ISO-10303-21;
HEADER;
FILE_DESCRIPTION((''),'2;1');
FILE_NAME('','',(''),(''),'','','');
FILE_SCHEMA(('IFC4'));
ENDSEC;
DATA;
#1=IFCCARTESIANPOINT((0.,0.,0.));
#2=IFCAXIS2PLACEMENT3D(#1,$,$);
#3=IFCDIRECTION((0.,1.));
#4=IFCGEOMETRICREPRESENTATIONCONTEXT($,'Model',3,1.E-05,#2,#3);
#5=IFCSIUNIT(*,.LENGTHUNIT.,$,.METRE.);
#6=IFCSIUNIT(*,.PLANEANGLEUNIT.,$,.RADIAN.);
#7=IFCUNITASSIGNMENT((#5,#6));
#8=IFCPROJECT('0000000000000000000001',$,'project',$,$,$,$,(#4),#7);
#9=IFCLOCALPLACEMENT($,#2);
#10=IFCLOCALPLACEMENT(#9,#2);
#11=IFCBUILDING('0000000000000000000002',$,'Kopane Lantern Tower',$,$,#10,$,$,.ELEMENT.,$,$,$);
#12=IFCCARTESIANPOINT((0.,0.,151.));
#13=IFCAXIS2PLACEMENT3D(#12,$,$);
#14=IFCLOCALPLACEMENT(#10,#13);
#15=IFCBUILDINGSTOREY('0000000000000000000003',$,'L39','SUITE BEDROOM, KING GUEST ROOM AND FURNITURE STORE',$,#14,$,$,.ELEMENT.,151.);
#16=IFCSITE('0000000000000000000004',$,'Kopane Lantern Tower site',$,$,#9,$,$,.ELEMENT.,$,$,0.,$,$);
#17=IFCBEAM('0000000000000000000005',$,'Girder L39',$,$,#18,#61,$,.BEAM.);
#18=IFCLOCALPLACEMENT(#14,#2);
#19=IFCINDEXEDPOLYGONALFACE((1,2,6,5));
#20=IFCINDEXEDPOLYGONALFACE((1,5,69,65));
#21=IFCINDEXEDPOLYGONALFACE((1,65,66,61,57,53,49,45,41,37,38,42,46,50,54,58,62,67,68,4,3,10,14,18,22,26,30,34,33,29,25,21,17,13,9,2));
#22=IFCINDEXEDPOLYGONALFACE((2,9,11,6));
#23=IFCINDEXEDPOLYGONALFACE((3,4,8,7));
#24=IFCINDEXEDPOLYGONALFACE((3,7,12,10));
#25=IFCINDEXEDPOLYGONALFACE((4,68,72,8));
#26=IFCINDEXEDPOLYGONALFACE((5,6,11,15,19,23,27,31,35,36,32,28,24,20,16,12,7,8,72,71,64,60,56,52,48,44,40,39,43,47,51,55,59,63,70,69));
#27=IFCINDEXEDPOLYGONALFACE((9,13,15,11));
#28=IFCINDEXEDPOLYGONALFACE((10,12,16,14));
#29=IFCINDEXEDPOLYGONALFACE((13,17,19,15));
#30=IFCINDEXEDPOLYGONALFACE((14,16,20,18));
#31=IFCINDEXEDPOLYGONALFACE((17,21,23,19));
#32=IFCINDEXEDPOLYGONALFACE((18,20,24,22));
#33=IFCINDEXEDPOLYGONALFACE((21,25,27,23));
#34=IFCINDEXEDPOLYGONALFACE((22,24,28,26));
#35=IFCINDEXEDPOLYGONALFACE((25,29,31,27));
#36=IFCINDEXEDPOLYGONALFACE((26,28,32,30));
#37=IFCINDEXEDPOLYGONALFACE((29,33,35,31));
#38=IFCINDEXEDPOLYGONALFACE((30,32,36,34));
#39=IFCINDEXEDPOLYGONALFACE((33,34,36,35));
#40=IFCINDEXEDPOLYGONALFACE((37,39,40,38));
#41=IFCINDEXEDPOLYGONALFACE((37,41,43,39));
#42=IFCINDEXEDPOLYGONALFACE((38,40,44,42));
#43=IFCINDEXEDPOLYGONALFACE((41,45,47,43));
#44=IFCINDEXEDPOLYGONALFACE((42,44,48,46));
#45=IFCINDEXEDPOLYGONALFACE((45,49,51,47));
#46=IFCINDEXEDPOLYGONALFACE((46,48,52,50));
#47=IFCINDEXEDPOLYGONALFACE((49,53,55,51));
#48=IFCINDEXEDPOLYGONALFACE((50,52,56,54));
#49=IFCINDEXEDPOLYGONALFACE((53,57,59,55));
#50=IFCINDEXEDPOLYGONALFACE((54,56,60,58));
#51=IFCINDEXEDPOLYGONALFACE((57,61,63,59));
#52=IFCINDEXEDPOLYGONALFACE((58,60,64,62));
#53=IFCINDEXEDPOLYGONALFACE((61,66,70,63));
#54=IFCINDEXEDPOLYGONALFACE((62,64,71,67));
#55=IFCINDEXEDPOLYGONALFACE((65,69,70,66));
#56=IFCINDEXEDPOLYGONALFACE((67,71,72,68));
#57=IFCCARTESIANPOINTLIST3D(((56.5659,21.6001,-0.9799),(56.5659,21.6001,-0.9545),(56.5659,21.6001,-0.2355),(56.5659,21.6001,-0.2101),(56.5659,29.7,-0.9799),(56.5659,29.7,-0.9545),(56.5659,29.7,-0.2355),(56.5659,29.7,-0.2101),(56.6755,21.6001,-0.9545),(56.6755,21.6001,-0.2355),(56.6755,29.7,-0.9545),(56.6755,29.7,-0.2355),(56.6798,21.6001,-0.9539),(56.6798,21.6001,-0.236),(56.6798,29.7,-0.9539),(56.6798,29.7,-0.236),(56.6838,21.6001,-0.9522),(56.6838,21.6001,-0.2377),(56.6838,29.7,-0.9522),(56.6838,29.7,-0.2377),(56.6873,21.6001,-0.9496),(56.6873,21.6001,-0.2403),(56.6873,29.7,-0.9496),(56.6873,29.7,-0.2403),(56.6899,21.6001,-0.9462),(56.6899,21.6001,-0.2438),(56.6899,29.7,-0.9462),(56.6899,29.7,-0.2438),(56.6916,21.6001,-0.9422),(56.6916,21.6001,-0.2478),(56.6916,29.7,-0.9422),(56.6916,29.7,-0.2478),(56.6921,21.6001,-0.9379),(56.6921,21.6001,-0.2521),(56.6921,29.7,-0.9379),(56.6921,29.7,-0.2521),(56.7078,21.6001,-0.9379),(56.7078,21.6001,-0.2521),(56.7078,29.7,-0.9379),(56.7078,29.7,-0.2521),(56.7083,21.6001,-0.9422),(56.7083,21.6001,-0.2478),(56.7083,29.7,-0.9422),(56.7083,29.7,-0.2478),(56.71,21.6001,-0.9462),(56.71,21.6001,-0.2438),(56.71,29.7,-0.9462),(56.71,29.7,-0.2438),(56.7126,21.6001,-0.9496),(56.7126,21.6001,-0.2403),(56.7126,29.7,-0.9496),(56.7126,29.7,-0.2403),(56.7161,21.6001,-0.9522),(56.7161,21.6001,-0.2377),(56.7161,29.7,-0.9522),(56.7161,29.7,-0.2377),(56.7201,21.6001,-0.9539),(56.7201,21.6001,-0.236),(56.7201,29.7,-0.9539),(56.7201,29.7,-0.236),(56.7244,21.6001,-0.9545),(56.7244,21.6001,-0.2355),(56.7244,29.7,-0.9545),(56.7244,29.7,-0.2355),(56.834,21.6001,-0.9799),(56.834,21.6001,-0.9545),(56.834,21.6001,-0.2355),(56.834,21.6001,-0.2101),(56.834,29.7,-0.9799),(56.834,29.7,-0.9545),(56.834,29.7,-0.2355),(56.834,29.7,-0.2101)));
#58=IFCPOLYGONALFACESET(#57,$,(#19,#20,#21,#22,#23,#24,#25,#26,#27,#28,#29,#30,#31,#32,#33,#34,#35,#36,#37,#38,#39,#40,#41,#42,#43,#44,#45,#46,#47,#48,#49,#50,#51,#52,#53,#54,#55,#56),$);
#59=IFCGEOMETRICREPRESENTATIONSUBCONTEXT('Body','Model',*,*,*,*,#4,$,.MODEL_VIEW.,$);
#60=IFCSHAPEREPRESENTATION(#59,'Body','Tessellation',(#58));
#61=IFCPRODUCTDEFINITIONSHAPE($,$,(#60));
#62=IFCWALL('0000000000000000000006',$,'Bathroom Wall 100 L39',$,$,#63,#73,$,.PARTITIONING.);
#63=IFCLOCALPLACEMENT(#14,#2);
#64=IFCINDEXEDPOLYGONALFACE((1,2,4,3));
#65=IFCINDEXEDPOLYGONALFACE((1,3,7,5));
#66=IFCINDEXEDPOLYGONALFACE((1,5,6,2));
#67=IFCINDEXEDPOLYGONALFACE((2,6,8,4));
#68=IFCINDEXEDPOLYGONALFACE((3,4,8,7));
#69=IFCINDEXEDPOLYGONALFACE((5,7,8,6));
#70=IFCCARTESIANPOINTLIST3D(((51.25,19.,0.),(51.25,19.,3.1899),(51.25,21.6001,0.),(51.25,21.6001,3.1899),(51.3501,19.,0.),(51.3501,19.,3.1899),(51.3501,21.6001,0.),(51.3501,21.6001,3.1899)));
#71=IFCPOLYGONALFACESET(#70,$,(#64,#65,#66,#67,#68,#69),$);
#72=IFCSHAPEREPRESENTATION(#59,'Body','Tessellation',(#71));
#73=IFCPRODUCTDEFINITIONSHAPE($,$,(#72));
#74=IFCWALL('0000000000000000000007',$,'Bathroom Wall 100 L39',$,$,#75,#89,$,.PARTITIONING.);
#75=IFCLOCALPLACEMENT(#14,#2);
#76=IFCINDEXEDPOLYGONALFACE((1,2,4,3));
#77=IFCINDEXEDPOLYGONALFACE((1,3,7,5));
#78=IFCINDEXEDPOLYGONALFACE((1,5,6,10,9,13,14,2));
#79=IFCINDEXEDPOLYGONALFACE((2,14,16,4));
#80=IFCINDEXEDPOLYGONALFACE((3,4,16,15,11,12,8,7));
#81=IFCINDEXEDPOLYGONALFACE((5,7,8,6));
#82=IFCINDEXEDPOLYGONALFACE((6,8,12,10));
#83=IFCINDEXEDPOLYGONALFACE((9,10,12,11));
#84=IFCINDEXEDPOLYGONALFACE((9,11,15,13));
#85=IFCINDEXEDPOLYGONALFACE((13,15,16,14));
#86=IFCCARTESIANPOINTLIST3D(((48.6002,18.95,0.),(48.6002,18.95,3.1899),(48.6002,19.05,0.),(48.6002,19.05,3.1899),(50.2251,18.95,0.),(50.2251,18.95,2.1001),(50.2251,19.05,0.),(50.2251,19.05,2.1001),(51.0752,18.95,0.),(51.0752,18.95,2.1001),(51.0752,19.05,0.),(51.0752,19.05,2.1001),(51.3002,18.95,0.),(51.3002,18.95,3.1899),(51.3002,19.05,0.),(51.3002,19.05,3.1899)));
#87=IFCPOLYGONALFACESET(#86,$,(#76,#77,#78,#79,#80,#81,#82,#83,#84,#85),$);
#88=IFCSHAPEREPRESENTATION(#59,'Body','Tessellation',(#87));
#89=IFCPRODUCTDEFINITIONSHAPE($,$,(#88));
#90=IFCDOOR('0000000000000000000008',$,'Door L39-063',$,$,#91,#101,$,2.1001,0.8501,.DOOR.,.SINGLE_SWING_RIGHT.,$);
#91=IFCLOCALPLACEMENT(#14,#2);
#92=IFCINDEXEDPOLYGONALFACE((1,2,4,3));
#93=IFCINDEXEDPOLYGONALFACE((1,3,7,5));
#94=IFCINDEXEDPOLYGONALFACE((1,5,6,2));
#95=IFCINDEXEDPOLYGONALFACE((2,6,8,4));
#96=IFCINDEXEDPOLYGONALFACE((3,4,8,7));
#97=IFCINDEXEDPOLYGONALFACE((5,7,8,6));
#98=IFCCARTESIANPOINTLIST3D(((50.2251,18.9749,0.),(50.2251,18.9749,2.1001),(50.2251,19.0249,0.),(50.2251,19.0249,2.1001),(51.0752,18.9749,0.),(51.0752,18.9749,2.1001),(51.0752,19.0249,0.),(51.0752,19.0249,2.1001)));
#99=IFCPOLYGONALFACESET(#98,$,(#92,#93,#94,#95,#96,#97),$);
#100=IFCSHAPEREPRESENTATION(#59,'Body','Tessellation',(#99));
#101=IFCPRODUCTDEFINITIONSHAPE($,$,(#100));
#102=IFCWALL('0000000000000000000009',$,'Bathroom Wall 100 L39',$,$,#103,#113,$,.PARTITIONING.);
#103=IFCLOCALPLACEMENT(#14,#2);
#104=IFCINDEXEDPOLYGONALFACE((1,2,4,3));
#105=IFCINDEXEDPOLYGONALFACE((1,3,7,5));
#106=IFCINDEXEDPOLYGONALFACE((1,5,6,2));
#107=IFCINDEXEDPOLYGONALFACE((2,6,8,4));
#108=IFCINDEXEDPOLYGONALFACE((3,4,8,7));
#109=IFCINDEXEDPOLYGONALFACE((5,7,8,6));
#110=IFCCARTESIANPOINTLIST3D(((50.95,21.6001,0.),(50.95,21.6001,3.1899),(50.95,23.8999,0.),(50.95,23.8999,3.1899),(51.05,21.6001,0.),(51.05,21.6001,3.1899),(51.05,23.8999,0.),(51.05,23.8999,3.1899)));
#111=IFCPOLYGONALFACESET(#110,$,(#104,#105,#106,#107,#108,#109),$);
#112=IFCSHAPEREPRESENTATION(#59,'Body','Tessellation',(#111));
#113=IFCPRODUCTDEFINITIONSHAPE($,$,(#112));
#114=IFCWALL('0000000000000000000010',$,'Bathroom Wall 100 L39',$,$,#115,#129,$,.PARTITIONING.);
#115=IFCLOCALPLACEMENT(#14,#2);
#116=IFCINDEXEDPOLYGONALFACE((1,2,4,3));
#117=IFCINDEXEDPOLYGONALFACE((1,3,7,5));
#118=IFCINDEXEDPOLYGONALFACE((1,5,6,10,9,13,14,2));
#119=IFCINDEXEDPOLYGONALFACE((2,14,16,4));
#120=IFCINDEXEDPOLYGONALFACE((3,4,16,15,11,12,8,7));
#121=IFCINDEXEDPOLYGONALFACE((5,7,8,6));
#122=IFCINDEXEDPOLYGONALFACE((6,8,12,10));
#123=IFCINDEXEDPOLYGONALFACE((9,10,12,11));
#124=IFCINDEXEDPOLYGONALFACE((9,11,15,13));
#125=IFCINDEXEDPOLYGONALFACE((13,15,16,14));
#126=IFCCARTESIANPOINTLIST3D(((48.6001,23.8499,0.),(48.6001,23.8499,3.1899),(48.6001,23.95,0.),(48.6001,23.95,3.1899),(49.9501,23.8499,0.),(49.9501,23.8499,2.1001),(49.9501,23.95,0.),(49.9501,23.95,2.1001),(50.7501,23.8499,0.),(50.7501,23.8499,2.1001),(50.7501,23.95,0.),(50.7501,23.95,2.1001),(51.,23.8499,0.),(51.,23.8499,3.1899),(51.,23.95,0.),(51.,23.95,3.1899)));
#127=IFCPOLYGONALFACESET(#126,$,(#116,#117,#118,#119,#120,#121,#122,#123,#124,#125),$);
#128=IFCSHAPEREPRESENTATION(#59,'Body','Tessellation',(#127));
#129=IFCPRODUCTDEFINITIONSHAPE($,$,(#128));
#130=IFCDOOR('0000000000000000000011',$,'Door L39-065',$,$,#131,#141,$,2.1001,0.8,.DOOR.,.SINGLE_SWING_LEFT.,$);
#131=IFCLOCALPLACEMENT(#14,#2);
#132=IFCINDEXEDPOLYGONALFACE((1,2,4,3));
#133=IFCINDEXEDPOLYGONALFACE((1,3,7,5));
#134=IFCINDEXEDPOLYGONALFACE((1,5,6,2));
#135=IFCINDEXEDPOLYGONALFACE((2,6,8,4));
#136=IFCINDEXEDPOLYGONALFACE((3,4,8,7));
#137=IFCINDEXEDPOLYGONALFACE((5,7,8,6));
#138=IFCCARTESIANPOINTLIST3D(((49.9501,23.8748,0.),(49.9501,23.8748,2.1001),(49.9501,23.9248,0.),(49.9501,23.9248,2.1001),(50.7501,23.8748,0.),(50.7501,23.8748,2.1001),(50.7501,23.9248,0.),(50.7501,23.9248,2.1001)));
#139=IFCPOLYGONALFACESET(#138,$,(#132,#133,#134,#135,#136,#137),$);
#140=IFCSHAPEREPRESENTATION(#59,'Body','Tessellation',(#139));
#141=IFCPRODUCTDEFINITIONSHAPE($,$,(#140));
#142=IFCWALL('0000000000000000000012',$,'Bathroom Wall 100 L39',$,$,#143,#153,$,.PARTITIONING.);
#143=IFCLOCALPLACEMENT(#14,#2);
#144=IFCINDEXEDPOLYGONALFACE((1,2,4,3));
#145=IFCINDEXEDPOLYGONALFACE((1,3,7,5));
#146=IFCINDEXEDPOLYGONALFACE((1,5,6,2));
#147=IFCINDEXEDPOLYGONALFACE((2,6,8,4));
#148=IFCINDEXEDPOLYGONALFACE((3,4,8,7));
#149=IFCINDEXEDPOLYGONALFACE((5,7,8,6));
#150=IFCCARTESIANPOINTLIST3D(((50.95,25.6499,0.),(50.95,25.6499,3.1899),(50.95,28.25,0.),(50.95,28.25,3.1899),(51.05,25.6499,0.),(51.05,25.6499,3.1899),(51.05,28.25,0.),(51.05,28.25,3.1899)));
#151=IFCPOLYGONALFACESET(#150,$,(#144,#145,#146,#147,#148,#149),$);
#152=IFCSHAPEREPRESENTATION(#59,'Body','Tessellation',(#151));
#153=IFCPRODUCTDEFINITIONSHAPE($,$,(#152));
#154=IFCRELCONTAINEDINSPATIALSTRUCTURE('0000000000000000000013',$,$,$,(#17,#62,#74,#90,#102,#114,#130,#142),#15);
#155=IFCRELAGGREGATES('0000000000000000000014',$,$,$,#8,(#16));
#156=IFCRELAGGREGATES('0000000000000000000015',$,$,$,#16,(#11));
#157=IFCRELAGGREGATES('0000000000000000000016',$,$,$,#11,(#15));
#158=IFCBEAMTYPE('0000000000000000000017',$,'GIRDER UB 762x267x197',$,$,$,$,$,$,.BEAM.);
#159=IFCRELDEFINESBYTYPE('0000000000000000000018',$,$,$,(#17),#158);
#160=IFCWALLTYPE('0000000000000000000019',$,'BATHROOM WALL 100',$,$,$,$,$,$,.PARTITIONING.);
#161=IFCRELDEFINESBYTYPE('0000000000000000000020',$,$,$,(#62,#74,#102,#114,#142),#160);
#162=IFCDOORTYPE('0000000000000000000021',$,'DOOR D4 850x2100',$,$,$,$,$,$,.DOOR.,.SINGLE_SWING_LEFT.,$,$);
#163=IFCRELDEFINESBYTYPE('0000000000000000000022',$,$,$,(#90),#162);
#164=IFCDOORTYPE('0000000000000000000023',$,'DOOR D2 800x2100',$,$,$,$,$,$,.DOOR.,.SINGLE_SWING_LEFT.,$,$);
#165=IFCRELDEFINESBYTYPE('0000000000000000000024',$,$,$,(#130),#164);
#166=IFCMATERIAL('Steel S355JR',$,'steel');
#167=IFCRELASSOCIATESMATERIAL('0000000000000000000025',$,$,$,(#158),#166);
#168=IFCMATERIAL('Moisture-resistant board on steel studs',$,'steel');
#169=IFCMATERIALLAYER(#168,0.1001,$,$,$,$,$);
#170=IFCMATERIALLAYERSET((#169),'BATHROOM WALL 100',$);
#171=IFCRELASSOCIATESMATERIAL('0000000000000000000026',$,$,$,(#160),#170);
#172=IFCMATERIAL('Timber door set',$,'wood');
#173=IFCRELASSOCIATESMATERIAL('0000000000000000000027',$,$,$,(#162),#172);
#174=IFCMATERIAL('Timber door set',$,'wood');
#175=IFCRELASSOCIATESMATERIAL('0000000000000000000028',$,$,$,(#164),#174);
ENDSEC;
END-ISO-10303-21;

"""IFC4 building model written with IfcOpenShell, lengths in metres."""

from ifc_helpers import new_model, si_unit, direction, frame, frame_2d, origin, origin_2d, place, context, subcontext, project, spatial, rectangle, i_section, extrude, material, layer, layer_set, material_profile, profile_set, type_object, element, fill, save


model = new_model("IFC4")

# Units and contexts
model_context = context("Model", 3, precision=1e-05, world=origin(), true_north=direction((0.0, 1.0)))
body_context = subcontext(model_context, "Body", "Model", "MODEL_VIEW")
ifc_project = project(units=[si_unit("LENGTHUNIT", "METRE"), si_unit("PLANEANGLEUNIT", "RADIAN")], contexts=[model_context])

# Site, building, storey
site_placement = place(None, origin())
site = spatial("IfcSite", under=ifc_project, at=site_placement, Name="Kopane Lantern Tower site", CompositionType="ELEMENT", RefElevation=0.0)
building_placement = place(site_placement, origin())
building = spatial("IfcBuilding", under=site, at=building_placement, Name="Kopane Lantern Tower", CompositionType="ELEMENT")
storey_placement = place(building_placement, frame((0.0, 0.0, 151.0)))
storey = spatial("IfcBuildingStorey", under=building, at=storey_placement, Name="L39", Description="SUITE BEDROOM, KING GUEST ROOM AND FURNITURE STORE", CompositionType="ELEMENT", Elevation=151.0)

# Beam
ifc_material_1 = material(Name="Steel S355JR", Category="steel")
ifc_material_profile_1 = material_profile(ifc_material_1, i_section(OverallWidth=0.2681, OverallDepth=0.7698, WebThickness=0.0156, FlangeThickness=0.0254, FilletRadius=0.0166, at=origin_2d()), Name="UB 762x267x197")
ifc_profile_set_1 = profile_set([ifc_material_profile_1], Name="Steel S355JR")
beam_type = type_object("IfcBeamType", Name="GIRDER UB 762x267x197", PredefinedType="BEAM", material=ifc_profile_set_1)
for number, where, z_axis, x_axis, name in (
    (1, (56.7, 21.6001, -0.595), (0.0, 1.0, 0.0), (-1.0, 0.0, 0.0), "Girder L39"),
):
    element("IfcBeam", number, at=place(storey_placement, frame(where, z_axis=z_axis, x_axis=x_axis)), inside=storey, type_object=beam_type, Name=name, PredefinedType="BEAM", context=body_context, shape_type="SweptSolid", body=[
        extrude(i_section(OverallWidth=0.2681, OverallDepth=0.7698, WebThickness=0.0156, FlangeThickness=0.0254, FilletRadius=0.0166, at=origin_2d()), origin(), (0.0, 0.0, 1.0), 8.0999),
    ])

# Wall
ifc_material_2 = material(Name="Moisture-resistant board on steel studs", Category="steel")
ifc_layer_1 = layer(ifc_material_2, 0.1001)
ifc_layer_set_1 = layer_set([ifc_layer_1], Name="BATHROOM WALL 100")
wall_type_1 = type_object("IfcWallType", Name="BATHROOM WALL 100", PredefinedType="PARTITIONING", material=ifc_layer_set_1)
wall_1_placement = place(storey_placement, frame((51.3, 19.0, 0.0), z_axis=(0.0, 0.0, 1.0), x_axis=(0.0, 1.0, 0.0)))
element("IfcWall", 2, at=wall_1_placement, inside=storey, type_object=wall_type_1, Name="Bathroom Wall 100 L39", PredefinedType="PARTITIONING", context=body_context, shape_type="SweptSolid", body=[
    extrude(rectangle(XDim=2.6001, YDim=0.1001, at=frame_2d((1.3, 0.0))), origin(), (0.0, 0.0, 1.0), 3.1899),
])

# Wall, opening, door
wall_2_placement = place(storey_placement, frame((48.6001, 19.0, 0.0), z_axis=(0.0, 0.0, 1.0), x_axis=(1.0, 0.0, 0.0)))
wall_2 = element("IfcWall", 3, at=wall_2_placement, inside=storey, type_object=wall_type_1, Name="Bathroom Wall 100 L39", PredefinedType="PARTITIONING", context=body_context, shape_type="SweptSolid", body=[
    extrude(rectangle(XDim=2.7, YDim=0.1001, at=frame_2d((1.3501, 0.0))), origin(), (0.0, 0.0, 1.0), 3.1899),
])
opening_1_placement = place(wall_2_placement, frame((1.625, 0.0, 0.0)))
opening_1 = element("IfcOpeningElement", 4, at=opening_1_placement, cuts=wall_2, PredefinedType="OPENING", context=body_context, shape_type="SweptSolid", body=[
    extrude(rectangle(XDim=0.8501, YDim=2.1001, at=frame_2d((0.425, 1.05))), frame((0.0, 0.0601, 0.0), z_axis=(0.0, -1.0, 0.0), x_axis=(1.0, 0.0, 0.0)), (0.0, 0.0, 1.0), 0.1201),
])
ifc_material_3 = material(Name="Timber door set", Category="wood")
door_type_1 = type_object("IfcDoorType", Name="DOOR D4 850x2100", OperationType="SINGLE_SWING_LEFT", PredefinedType="DOOR", material=ifc_material_3)
door_1_placement = place(opening_1_placement, origin())
door_1 = element("IfcDoor", 5, at=door_1_placement, inside=storey, type_object=door_type_1, Name="Door L39-063", OperationType="SINGLE_SWING_RIGHT", OverallHeight=2.1001, OverallWidth=0.8501, PredefinedType="DOOR", context=body_context, shape_type="SweptSolid", body=[
    extrude(rectangle(XDim=0.8501, YDim=2.1001, at=frame_2d((0.425, 1.05))), frame((0.0, 0.0249, 0.0), z_axis=(0.0, -1.0, 0.0), x_axis=(1.0, 0.0, 0.0)), (0.0, 0.0, 1.0), 0.05),
])
fill(opening_1, door_1)

# Wall
wall_3_placement = place(storey_placement, frame((51.0, 21.6001, 0.0), z_axis=(0.0, 0.0, 1.0), x_axis=(0.0, 1.0, 0.0)))
element("IfcWall", 6, at=wall_3_placement, inside=storey, type_object=wall_type_1, Name="Bathroom Wall 100 L39", PredefinedType="PARTITIONING", context=body_context, shape_type="SweptSolid", body=[
    extrude(rectangle(XDim=2.2998, YDim=0.1001, at=frame_2d((1.1499, 0.0))), origin(), (0.0, 0.0, 1.0), 3.1899),
])

# Wall, opening, door
wall_4_placement = place(storey_placement, frame((48.6001, 23.8999, 0.0), z_axis=(0.0, 0.0, 1.0), x_axis=(1.0, 0.0, 0.0)))
wall_4 = element("IfcWall", 7, at=wall_4_placement, inside=storey, type_object=wall_type_1, Name="Bathroom Wall 100 L39", PredefinedType="PARTITIONING", context=body_context, shape_type="SweptSolid", body=[
    extrude(rectangle(XDim=2.3999, YDim=0.1001, at=frame_2d((1.2, 0.0))), origin(), (0.0, 0.0, 1.0), 3.1899),
])
opening_2_placement = place(wall_4_placement, frame((1.3501, 0.0, 0.0)))
opening_2 = element("IfcOpeningElement", 8, at=opening_2_placement, cuts=wall_4, PredefinedType="OPENING", context=body_context, shape_type="SweptSolid", body=[
    extrude(rectangle(XDim=0.8, YDim=2.1001, at=frame_2d((0.3999, 1.05))), frame((0.0, 0.0601, 0.0), z_axis=(0.0, -1.0, 0.0), x_axis=(1.0, 0.0, 0.0)), (0.0, 0.0, 1.0), 0.1201),
])
ifc_material_4 = material(Name="Timber door set", Category="wood")
door_type_2 = type_object("IfcDoorType", Name="DOOR D2 800x2100", OperationType="SINGLE_SWING_LEFT", PredefinedType="DOOR", material=ifc_material_4)
door_2_placement = place(opening_2_placement, origin())
door_2 = element("IfcDoor", 9, at=door_2_placement, inside=storey, type_object=door_type_2, Name="Door L39-065", OperationType="SINGLE_SWING_LEFT", OverallHeight=2.1001, OverallWidth=0.8, PredefinedType="DOOR", context=body_context, shape_type="SweptSolid", body=[
    extrude(rectangle(XDim=0.8, YDim=2.1001, at=frame_2d((0.3999, 1.05))), frame((0.0, 0.0249, 0.0), z_axis=(0.0, -1.0, 0.0), x_axis=(1.0, 0.0, 0.0)), (0.0, 0.0, 1.0), 0.05),
])
fill(opening_2, door_2)

# Wall
wall_5_placement = place(storey_placement, frame((51.0, 25.6499, 0.0), z_axis=(0.0, 0.0, 1.0), x_axis=(0.0, 1.0, 0.0)))
element("IfcWall", 10, at=wall_5_placement, inside=storey, type_object=wall_type_1, Name="Bathroom Wall 100 L39", PredefinedType="PARTITIONING", context=body_context, shape_type="SweptSolid", body=[
    extrude(rectangle(XDim=2.6001, YDim=0.1001, at=frame_2d((1.3, 0.0))), origin(), (0.0, 0.0, 1.0), 3.1899),
])

save(model, "model.ifc")
